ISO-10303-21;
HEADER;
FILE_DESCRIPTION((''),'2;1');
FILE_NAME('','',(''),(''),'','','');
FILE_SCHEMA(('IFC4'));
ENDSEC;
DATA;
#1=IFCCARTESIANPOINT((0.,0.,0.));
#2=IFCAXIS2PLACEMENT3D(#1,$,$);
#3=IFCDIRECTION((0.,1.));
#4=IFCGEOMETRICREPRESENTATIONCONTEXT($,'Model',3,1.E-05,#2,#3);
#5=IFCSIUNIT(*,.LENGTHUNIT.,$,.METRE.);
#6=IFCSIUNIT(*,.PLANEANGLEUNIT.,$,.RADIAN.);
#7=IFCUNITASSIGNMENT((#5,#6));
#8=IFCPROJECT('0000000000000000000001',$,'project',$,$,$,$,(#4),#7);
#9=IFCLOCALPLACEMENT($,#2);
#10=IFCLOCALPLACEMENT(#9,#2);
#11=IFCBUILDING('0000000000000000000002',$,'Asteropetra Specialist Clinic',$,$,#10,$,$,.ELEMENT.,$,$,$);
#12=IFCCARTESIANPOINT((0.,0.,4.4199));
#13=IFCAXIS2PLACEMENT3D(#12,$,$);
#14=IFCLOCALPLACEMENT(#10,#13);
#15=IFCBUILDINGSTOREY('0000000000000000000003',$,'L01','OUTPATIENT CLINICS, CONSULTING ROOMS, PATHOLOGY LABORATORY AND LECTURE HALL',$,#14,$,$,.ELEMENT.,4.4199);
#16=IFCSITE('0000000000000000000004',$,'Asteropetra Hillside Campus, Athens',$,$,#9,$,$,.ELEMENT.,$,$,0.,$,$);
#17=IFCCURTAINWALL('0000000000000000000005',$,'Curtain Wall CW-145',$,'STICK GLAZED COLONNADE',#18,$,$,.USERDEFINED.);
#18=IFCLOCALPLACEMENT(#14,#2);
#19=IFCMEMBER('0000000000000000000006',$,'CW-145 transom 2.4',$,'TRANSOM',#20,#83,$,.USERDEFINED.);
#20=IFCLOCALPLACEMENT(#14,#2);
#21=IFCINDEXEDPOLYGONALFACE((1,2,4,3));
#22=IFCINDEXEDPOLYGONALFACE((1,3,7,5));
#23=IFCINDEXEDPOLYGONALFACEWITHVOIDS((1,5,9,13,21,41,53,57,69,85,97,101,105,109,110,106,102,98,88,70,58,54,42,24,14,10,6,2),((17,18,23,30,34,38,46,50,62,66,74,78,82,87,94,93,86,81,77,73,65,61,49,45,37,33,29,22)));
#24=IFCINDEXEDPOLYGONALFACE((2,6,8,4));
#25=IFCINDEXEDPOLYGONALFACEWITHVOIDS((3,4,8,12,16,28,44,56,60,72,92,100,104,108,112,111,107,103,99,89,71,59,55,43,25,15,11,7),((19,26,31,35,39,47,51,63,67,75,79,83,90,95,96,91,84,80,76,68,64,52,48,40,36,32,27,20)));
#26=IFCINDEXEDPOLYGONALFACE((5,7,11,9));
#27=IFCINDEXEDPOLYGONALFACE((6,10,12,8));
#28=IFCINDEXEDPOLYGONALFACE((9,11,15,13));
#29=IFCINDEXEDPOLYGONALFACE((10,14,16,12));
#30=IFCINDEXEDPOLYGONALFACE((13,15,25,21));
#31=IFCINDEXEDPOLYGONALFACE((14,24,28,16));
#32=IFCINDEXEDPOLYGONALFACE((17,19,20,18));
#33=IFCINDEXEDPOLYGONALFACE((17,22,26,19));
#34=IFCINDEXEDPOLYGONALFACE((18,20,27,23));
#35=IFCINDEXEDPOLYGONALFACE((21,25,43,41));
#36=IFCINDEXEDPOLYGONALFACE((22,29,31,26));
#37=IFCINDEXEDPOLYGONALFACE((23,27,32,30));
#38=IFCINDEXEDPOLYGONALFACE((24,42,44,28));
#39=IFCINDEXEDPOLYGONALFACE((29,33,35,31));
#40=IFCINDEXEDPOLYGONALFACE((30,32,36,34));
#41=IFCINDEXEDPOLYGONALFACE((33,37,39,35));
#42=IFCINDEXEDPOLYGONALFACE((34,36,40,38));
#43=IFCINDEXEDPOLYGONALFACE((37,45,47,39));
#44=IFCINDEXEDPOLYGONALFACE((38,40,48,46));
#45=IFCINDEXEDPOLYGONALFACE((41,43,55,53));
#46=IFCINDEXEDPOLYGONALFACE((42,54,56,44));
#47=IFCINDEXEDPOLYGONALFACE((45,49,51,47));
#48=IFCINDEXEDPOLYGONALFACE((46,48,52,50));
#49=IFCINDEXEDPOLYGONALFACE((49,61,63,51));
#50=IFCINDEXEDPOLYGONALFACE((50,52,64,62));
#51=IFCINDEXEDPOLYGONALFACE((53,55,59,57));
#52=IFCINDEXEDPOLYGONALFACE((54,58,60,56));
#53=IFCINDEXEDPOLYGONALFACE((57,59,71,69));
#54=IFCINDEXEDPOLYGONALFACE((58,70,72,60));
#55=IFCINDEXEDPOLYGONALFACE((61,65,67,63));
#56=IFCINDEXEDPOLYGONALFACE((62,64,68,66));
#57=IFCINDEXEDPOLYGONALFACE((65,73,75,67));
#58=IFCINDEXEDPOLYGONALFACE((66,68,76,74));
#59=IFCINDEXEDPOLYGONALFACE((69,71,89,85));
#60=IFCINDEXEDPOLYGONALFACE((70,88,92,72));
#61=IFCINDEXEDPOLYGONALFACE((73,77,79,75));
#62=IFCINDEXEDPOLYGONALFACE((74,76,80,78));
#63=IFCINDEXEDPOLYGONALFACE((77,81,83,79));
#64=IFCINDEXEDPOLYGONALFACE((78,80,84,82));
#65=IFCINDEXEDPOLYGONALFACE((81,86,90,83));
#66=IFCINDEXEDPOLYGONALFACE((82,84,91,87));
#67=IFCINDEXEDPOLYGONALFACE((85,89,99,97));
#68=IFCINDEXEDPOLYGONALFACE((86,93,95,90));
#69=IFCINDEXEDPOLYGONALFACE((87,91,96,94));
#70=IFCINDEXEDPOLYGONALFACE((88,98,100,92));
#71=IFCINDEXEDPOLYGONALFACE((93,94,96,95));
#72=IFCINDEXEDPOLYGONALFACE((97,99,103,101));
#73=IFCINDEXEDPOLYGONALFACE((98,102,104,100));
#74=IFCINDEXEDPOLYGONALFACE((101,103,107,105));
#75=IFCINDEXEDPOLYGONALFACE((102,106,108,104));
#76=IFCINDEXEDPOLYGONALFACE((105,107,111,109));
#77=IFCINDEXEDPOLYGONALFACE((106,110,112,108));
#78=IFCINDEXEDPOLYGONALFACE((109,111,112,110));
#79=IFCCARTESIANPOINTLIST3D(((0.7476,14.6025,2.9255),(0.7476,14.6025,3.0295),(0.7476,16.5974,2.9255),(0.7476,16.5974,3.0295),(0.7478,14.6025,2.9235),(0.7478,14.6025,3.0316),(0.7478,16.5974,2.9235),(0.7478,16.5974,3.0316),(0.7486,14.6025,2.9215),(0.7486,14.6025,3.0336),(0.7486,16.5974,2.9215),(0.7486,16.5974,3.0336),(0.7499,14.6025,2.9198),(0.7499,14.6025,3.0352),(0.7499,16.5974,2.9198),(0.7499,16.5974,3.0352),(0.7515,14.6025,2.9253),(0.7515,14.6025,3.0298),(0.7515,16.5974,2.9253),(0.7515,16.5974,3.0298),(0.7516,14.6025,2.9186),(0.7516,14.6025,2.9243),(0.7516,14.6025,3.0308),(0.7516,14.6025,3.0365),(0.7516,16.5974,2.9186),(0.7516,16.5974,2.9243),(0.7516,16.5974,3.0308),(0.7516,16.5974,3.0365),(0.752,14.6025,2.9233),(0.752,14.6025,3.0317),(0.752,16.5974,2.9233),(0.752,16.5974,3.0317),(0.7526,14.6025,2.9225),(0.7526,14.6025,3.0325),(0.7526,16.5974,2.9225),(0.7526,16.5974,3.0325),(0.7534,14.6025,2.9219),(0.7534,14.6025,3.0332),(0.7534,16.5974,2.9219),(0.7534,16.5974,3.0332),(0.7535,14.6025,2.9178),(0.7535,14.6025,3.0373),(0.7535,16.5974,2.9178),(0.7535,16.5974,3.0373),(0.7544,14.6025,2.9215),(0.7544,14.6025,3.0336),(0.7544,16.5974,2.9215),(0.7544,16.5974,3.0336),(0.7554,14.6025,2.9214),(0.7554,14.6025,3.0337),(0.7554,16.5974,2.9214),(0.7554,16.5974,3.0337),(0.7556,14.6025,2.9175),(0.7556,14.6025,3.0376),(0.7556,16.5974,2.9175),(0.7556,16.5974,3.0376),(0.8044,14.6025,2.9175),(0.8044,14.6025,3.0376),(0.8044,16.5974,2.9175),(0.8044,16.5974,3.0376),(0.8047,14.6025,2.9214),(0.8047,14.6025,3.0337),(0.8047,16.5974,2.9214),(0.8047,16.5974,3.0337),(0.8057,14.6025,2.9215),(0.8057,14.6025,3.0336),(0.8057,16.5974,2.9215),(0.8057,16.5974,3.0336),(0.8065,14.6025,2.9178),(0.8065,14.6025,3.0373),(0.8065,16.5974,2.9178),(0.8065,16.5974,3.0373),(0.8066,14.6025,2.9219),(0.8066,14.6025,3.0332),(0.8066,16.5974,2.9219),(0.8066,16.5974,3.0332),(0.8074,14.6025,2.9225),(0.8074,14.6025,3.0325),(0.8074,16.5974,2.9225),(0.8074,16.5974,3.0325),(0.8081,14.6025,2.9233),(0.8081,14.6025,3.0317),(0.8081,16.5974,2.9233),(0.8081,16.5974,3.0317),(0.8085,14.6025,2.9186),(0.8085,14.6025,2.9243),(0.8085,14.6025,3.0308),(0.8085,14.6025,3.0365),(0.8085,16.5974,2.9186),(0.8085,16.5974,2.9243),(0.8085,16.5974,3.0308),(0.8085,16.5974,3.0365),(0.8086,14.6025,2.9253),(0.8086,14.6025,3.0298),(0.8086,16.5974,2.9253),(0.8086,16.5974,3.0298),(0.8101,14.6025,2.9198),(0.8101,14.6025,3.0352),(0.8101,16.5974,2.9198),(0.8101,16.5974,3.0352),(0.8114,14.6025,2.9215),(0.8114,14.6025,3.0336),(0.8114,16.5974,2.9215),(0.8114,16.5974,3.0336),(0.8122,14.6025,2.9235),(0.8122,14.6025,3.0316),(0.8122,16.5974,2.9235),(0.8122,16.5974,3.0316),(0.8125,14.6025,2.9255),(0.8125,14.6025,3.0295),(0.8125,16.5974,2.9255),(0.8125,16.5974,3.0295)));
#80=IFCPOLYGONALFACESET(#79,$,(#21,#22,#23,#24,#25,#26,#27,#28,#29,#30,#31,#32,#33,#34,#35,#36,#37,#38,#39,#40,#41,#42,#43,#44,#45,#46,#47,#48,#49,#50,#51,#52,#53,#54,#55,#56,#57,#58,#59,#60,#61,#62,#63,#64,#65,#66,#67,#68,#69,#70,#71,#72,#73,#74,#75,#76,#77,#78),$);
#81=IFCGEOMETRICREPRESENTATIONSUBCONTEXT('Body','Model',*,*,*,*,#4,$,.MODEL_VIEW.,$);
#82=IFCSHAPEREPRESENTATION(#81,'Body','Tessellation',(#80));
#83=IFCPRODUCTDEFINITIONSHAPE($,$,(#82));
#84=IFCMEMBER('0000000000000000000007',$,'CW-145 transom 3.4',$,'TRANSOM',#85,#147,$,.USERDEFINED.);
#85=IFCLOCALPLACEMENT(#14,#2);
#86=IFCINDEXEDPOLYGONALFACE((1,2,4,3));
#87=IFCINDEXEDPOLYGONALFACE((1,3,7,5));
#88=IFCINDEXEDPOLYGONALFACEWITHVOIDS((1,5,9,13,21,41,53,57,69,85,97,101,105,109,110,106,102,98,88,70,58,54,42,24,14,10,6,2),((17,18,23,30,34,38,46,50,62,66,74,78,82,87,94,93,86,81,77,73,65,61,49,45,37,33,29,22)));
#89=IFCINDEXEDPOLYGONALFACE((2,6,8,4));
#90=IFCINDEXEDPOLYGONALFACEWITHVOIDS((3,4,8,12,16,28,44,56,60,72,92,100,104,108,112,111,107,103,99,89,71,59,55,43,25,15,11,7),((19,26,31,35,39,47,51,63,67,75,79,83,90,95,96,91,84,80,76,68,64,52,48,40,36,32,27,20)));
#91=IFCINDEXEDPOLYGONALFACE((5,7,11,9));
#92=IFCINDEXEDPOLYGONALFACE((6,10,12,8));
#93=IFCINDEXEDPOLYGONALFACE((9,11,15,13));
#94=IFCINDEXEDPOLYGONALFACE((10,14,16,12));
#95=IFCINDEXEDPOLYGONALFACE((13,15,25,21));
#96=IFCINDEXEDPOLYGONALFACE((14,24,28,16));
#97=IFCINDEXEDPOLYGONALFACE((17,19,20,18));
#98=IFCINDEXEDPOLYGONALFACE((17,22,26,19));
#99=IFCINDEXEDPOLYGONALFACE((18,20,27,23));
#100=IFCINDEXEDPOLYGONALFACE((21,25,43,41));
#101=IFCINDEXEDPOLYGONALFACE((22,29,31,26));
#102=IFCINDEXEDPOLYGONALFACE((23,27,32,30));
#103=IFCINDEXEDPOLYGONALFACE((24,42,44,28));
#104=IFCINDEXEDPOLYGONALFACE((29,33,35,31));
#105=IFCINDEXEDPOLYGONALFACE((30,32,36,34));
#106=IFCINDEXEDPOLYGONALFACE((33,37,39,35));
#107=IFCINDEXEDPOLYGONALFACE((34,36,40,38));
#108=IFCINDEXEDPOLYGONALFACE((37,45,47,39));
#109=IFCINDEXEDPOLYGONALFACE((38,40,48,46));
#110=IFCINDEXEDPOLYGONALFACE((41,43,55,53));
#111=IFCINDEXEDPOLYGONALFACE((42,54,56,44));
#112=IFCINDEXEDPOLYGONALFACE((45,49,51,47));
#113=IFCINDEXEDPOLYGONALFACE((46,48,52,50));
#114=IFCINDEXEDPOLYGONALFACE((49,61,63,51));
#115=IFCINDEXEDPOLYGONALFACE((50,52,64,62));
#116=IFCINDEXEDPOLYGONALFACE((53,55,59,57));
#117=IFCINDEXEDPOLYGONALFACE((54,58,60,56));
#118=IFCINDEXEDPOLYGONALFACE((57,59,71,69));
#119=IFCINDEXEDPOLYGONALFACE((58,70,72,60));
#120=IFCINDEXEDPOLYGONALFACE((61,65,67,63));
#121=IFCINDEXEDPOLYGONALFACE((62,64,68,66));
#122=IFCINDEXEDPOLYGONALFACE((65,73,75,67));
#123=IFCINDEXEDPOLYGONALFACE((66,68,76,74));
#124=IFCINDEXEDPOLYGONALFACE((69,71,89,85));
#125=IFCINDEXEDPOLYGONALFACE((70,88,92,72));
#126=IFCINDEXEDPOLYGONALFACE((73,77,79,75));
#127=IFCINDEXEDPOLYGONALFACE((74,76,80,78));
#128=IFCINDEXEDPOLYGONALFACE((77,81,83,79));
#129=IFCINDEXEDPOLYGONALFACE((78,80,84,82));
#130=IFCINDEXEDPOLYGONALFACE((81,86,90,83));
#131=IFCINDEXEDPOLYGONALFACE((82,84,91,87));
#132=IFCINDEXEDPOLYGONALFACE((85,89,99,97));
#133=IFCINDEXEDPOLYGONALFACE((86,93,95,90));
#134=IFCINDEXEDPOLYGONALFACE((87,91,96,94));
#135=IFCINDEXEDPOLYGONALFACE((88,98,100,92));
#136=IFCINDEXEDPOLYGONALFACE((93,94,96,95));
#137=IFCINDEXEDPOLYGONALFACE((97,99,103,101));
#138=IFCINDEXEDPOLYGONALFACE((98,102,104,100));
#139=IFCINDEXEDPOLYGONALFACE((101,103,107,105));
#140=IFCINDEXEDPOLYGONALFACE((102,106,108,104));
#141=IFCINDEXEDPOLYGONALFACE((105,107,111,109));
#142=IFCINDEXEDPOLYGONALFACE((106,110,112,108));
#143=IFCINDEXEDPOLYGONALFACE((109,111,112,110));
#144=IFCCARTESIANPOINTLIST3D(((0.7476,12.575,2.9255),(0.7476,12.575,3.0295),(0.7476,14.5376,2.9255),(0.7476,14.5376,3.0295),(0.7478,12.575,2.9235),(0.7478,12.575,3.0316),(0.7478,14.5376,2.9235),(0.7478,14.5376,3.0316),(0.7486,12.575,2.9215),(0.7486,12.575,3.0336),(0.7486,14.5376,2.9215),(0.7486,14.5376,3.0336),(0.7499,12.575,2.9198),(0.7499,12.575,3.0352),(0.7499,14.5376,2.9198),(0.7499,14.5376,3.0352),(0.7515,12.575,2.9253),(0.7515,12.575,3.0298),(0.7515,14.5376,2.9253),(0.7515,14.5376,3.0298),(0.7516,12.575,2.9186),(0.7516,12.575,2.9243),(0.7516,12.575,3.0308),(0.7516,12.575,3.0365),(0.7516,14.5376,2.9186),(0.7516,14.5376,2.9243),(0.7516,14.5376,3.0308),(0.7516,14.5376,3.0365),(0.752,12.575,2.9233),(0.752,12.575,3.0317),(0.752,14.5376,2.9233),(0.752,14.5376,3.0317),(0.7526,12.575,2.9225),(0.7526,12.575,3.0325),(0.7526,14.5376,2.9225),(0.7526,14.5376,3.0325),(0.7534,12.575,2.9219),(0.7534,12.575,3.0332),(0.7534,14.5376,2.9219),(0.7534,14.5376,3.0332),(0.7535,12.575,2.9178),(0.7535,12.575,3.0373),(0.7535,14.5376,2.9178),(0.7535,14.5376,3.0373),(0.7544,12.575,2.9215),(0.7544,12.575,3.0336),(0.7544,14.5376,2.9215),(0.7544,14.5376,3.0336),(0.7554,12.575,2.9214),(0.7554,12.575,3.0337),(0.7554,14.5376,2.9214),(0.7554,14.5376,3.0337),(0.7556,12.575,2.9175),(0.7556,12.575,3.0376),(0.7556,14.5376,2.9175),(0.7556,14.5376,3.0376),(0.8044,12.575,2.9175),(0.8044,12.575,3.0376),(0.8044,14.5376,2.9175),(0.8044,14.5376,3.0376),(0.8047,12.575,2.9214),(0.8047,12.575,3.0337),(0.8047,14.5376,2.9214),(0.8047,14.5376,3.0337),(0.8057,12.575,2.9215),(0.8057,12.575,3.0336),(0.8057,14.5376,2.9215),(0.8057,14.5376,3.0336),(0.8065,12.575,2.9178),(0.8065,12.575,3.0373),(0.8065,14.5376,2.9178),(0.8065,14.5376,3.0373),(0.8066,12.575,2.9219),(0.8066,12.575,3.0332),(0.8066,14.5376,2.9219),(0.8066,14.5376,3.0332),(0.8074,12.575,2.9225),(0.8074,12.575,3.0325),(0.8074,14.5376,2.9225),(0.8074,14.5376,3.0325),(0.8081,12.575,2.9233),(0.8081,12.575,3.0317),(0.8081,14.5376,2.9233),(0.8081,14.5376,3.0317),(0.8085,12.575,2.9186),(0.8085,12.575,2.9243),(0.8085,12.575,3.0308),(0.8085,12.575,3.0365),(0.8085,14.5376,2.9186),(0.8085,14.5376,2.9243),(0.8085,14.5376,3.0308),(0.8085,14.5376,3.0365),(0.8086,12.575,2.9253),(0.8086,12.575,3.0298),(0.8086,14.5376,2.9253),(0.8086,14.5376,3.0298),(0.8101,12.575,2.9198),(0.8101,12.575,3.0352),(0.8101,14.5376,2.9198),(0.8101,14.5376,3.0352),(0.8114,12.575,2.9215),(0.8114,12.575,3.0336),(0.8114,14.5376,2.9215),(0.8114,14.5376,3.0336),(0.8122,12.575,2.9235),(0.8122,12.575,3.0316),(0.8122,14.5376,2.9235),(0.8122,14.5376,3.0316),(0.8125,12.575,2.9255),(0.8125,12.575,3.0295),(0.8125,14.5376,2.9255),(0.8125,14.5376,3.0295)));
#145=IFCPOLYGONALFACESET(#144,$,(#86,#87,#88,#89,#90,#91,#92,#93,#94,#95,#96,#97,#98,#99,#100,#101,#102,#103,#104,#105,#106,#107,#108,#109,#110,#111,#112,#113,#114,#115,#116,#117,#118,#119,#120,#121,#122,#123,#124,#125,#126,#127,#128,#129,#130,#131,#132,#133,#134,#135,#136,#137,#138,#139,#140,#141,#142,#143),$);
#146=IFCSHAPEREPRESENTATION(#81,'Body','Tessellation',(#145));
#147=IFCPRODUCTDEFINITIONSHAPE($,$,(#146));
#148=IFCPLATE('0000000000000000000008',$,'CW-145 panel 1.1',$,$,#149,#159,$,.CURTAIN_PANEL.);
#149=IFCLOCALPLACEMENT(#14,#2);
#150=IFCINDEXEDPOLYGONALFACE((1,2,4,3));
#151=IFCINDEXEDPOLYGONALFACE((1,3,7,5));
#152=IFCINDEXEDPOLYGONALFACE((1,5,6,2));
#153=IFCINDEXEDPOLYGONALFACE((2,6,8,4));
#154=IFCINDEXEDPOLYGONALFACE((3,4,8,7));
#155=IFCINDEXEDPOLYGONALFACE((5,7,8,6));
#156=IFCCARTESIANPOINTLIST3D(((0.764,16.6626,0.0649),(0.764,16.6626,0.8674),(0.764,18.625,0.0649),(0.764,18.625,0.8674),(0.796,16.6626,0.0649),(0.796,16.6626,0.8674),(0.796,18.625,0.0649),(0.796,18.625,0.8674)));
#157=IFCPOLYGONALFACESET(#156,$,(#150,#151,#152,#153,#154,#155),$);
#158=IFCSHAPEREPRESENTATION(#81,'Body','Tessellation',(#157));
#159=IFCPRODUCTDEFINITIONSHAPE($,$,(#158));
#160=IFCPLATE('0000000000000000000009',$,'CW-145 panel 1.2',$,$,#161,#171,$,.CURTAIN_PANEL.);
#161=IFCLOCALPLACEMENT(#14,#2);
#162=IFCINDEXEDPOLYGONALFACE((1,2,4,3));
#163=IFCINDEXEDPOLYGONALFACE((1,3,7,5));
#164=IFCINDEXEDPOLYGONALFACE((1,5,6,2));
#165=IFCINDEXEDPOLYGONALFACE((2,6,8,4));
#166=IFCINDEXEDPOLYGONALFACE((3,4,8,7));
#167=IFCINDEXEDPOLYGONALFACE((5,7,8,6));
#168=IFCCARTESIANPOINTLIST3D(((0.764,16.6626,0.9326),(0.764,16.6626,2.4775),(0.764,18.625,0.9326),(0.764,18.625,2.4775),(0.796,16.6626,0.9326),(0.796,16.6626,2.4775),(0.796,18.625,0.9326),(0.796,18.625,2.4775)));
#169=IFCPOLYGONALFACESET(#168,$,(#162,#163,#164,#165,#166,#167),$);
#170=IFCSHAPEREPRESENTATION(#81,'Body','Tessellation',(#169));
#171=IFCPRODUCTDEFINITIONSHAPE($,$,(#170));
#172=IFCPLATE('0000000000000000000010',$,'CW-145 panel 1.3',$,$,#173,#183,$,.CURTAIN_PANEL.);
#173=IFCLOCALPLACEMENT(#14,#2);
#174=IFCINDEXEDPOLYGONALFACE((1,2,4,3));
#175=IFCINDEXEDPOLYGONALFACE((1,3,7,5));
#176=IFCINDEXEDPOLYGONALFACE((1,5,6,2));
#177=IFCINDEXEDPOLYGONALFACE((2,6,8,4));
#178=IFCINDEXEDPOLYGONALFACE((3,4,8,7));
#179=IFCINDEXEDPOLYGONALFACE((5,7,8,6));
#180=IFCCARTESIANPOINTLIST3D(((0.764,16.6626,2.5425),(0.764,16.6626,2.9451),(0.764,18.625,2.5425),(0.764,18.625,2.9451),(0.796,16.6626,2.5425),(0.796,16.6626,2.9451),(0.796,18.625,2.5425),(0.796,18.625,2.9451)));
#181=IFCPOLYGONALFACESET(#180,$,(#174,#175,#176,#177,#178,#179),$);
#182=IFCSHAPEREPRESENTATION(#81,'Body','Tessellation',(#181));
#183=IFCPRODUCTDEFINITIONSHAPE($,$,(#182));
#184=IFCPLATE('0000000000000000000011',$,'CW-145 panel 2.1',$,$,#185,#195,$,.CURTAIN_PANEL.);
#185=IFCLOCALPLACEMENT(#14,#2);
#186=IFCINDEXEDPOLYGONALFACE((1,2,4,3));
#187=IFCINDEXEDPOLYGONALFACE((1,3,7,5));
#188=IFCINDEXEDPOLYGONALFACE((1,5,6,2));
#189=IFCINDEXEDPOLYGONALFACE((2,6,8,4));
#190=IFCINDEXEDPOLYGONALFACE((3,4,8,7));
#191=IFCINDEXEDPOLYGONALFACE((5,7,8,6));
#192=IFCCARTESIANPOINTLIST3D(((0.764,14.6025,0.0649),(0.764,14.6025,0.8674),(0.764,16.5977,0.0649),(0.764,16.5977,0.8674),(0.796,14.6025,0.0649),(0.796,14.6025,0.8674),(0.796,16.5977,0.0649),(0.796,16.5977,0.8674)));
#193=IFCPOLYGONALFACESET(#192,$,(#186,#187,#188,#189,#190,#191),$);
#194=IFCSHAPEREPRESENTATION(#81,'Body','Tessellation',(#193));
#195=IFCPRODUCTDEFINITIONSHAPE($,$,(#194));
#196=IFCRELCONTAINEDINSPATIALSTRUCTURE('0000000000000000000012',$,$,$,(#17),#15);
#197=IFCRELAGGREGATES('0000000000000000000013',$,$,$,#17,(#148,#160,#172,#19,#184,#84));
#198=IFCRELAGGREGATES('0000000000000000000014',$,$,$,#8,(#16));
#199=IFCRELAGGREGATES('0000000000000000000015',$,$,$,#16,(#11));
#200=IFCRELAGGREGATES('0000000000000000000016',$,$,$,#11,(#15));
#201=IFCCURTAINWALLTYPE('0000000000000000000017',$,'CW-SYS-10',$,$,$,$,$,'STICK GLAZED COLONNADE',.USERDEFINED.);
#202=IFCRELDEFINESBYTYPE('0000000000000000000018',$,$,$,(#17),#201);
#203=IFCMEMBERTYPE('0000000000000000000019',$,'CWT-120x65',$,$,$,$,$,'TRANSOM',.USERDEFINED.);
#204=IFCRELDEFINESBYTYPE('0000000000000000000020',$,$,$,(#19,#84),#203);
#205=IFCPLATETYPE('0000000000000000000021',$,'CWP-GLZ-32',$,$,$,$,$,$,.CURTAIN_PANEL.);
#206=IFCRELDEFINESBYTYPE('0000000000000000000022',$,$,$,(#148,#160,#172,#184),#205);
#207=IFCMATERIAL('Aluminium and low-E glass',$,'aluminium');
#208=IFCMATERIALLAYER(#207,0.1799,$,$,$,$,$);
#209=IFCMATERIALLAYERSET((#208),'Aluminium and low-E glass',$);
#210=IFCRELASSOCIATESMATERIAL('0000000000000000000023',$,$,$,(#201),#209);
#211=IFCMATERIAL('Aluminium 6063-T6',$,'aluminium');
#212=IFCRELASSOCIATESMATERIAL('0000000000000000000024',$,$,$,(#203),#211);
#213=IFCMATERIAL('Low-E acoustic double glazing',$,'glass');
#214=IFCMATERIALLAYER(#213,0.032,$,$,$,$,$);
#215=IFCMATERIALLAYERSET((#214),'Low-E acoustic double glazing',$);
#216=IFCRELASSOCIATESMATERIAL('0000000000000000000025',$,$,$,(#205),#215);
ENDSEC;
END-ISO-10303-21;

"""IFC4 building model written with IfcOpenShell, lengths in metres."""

from ifc_helpers import new_model, si_unit, direction, frame, origin, origin_2d, place, context, subcontext, project, spatial, rectangle, hollow_rectangle, extrude, material, layer, layer_set, material_profile, profile_set, type_object, element, aggregate, save


model = new_model("IFC4")

# Units and contexts
model_context = context("Model", 3, precision=1e-05, world=origin(), true_north=direction((0.0, 1.0)))
body_context = subcontext(model_context, "Body", "Model", "MODEL_VIEW")
ifc_project = project(units=[si_unit("LENGTHUNIT", "METRE"), si_unit("PLANEANGLEUNIT", "RADIAN")], contexts=[model_context])

# Site, building, storey
site_placement = place(None, origin())
site = spatial("IfcSite", under=ifc_project, at=site_placement, Name="Asteropetra Hillside Campus, Athens", CompositionType="ELEMENT", RefElevation=0.0)
building_placement = place(site_placement, origin())
building = spatial("IfcBuilding", under=site, at=building_placement, Name="Asteropetra Specialist Clinic", CompositionType="ELEMENT")
storey_placement = place(building_placement, frame((0.0, 0.0, 4.4199)))
storey = spatial("IfcBuildingStorey", under=building, at=storey_placement, Name="L01", Description="OUTPATIENT CLINICS, CONSULTING ROOMS, PATHOLOGY LABORATORY AND LECTURE HALL", CompositionType="ELEMENT", Elevation=4.4199)

# Curtain wall, members, plates
ifc_material_1 = material(Name="Aluminium and low-E glass", Category="aluminium")
ifc_layer_1 = layer(ifc_material_1, 0.1799)
ifc_layer_set_1 = layer_set([ifc_layer_1], Name="Aluminium and low-E glass")
curtain_wall_type = type_object("IfcCurtainWallType", Name="CW-SYS-10", ElementType="STICK GLAZED COLONNADE", PredefinedType="USERDEFINED", material=ifc_layer_set_1)
curtain_wall_placement = place(storey_placement, origin())
curtain_wall = element("IfcCurtainWall", 1, at=curtain_wall_placement, inside=storey, type_object=curtain_wall_type, Name="Curtain Wall CW-145", ObjectType="STICK GLAZED COLONNADE", PredefinedType="USERDEFINED")
ifc_material_2 = material(Name="Aluminium 6063-T6", Category="aluminium")
ifc_material_profile_1 = material_profile(ifc_material_2, hollow_rectangle(XDim=0.0649, YDim=0.1201, WallThickness=0.0039, InnerFilletRadius=0.0039, OuterFilletRadius=0.0081, at=origin_2d()), Name="TRN 120x65x4.0")
ifc_profile_set_1 = profile_set([ifc_material_profile_1], Name="Aluminium 6063-T6")
member_type_1 = type_object("IfcMemberType", Name="CWT-120x65", ElementType="TRANSOM", PredefinedType="USERDEFINED", material=ifc_profile_set_1)
member_1_placement = place(storey_placement, frame((0.78, 16.5974, 2.9775), z_axis=(0.0, -1.0, 0.0), x_axis=(1.0, 0.0, 0.0)))
member_1 = element("IfcMember", 2, at=member_1_placement, type_object=member_type_1, Name="CW-145 transom 2.4", ObjectType="TRANSOM", PredefinedType="USERDEFINED", context=body_context, shape_type="SweptSolid", body=[
    extrude(hollow_rectangle(XDim=0.0649, YDim=0.1201, WallThickness=0.0039, InnerFilletRadius=0.0039, OuterFilletRadius=0.0081, at=origin_2d()), origin(), (0.0, 0.0, 1.0), 1.9949),
])
member_2_placement = place(storey_placement, frame((0.78, 14.5376, 2.9775), z_axis=(0.0, -1.0, 0.0), x_axis=(1.0, 0.0, 0.0)))
member_2 = element("IfcMember", 3, at=member_2_placement, type_object=member_type_1, Name="CW-145 transom 3.4", ObjectType="TRANSOM", PredefinedType="USERDEFINED", context=body_context, shape_type="SweptSolid", body=[
    extrude(hollow_rectangle(XDim=0.0649, YDim=0.1201, WallThickness=0.0039, InnerFilletRadius=0.0039, OuterFilletRadius=0.0081, at=origin_2d()), origin(), (0.0, 0.0, 1.0), 1.9626),
])
ifc_material_3 = material(Name="Low-E acoustic double glazing", Category="glass")
ifc_layer_2 = layer(ifc_material_3, 0.032)
ifc_layer_set_2 = layer_set([ifc_layer_2], Name="Low-E acoustic double glazing")
plate_type = type_object("IfcPlateType", Name="CWP-GLZ-32", PredefinedType="CURTAIN_PANEL", material=ifc_layer_set_2)
plate_1_placement = place(storey_placement, frame((0.78, 17.6438, 0.0649), z_axis=(0.0, 0.0, 1.0), x_axis=(0.0, -1.0, 0.0)))
plate_1 = element("IfcPlate", 4, at=plate_1_placement, type_object=plate_type, Name="CW-145 panel 1.1", PredefinedType="CURTAIN_PANEL", context=body_context, shape_type="SweptSolid", body=[
    extrude(rectangle(XDim=1.9624, YDim=0.032, at=origin_2d()), origin(), (0.0, 0.0, 1.0), 0.8025),
])
plate_2_placement = place(storey_placement, frame((0.78, 17.6438, 0.9326), z_axis=(0.0, 0.0, 1.0), x_axis=(0.0, -1.0, 0.0)))
plate_2 = element("IfcPlate", 5, at=plate_2_placement, type_object=plate_type, Name="CW-145 panel 1.2", PredefinedType="CURTAIN_PANEL", context=body_context, shape_type="SweptSolid", body=[
    extrude(rectangle(XDim=1.9624, YDim=0.032, at=origin_2d()), origin(), (0.0, 0.0, 1.0), 1.5449),
])
plate_3_placement = place(storey_placement, frame((0.78, 17.6438, 2.5425), z_axis=(0.0, 0.0, 1.0), x_axis=(0.0, -1.0, 0.0)))
plate_3 = element("IfcPlate", 6, at=plate_3_placement, type_object=plate_type, Name="CW-145 panel 1.3", PredefinedType="CURTAIN_PANEL", context=body_context, shape_type="SweptSolid", body=[
    extrude(rectangle(XDim=1.9624, YDim=0.032, at=origin_2d()), origin(), (0.0, 0.0, 1.0), 0.4026),
])
plate_4_placement = place(storey_placement, frame((0.78, 15.6001, 0.0649), z_axis=(0.0, 0.0, 1.0), x_axis=(0.0, -1.0, 0.0)))
plate_4 = element("IfcPlate", 7, at=plate_4_placement, type_object=plate_type, Name="CW-145 panel 2.1", PredefinedType="CURTAIN_PANEL", context=body_context, shape_type="SweptSolid", body=[
    extrude(rectangle(XDim=1.9951, YDim=0.032, at=origin_2d()), origin(), (0.0, 0.0, 1.0), 0.8025),
])
aggregate(curtain_wall, [plate_1, plate_2, plate_3, member_1, plate_4, member_2])

save(model, "model.ifc")
